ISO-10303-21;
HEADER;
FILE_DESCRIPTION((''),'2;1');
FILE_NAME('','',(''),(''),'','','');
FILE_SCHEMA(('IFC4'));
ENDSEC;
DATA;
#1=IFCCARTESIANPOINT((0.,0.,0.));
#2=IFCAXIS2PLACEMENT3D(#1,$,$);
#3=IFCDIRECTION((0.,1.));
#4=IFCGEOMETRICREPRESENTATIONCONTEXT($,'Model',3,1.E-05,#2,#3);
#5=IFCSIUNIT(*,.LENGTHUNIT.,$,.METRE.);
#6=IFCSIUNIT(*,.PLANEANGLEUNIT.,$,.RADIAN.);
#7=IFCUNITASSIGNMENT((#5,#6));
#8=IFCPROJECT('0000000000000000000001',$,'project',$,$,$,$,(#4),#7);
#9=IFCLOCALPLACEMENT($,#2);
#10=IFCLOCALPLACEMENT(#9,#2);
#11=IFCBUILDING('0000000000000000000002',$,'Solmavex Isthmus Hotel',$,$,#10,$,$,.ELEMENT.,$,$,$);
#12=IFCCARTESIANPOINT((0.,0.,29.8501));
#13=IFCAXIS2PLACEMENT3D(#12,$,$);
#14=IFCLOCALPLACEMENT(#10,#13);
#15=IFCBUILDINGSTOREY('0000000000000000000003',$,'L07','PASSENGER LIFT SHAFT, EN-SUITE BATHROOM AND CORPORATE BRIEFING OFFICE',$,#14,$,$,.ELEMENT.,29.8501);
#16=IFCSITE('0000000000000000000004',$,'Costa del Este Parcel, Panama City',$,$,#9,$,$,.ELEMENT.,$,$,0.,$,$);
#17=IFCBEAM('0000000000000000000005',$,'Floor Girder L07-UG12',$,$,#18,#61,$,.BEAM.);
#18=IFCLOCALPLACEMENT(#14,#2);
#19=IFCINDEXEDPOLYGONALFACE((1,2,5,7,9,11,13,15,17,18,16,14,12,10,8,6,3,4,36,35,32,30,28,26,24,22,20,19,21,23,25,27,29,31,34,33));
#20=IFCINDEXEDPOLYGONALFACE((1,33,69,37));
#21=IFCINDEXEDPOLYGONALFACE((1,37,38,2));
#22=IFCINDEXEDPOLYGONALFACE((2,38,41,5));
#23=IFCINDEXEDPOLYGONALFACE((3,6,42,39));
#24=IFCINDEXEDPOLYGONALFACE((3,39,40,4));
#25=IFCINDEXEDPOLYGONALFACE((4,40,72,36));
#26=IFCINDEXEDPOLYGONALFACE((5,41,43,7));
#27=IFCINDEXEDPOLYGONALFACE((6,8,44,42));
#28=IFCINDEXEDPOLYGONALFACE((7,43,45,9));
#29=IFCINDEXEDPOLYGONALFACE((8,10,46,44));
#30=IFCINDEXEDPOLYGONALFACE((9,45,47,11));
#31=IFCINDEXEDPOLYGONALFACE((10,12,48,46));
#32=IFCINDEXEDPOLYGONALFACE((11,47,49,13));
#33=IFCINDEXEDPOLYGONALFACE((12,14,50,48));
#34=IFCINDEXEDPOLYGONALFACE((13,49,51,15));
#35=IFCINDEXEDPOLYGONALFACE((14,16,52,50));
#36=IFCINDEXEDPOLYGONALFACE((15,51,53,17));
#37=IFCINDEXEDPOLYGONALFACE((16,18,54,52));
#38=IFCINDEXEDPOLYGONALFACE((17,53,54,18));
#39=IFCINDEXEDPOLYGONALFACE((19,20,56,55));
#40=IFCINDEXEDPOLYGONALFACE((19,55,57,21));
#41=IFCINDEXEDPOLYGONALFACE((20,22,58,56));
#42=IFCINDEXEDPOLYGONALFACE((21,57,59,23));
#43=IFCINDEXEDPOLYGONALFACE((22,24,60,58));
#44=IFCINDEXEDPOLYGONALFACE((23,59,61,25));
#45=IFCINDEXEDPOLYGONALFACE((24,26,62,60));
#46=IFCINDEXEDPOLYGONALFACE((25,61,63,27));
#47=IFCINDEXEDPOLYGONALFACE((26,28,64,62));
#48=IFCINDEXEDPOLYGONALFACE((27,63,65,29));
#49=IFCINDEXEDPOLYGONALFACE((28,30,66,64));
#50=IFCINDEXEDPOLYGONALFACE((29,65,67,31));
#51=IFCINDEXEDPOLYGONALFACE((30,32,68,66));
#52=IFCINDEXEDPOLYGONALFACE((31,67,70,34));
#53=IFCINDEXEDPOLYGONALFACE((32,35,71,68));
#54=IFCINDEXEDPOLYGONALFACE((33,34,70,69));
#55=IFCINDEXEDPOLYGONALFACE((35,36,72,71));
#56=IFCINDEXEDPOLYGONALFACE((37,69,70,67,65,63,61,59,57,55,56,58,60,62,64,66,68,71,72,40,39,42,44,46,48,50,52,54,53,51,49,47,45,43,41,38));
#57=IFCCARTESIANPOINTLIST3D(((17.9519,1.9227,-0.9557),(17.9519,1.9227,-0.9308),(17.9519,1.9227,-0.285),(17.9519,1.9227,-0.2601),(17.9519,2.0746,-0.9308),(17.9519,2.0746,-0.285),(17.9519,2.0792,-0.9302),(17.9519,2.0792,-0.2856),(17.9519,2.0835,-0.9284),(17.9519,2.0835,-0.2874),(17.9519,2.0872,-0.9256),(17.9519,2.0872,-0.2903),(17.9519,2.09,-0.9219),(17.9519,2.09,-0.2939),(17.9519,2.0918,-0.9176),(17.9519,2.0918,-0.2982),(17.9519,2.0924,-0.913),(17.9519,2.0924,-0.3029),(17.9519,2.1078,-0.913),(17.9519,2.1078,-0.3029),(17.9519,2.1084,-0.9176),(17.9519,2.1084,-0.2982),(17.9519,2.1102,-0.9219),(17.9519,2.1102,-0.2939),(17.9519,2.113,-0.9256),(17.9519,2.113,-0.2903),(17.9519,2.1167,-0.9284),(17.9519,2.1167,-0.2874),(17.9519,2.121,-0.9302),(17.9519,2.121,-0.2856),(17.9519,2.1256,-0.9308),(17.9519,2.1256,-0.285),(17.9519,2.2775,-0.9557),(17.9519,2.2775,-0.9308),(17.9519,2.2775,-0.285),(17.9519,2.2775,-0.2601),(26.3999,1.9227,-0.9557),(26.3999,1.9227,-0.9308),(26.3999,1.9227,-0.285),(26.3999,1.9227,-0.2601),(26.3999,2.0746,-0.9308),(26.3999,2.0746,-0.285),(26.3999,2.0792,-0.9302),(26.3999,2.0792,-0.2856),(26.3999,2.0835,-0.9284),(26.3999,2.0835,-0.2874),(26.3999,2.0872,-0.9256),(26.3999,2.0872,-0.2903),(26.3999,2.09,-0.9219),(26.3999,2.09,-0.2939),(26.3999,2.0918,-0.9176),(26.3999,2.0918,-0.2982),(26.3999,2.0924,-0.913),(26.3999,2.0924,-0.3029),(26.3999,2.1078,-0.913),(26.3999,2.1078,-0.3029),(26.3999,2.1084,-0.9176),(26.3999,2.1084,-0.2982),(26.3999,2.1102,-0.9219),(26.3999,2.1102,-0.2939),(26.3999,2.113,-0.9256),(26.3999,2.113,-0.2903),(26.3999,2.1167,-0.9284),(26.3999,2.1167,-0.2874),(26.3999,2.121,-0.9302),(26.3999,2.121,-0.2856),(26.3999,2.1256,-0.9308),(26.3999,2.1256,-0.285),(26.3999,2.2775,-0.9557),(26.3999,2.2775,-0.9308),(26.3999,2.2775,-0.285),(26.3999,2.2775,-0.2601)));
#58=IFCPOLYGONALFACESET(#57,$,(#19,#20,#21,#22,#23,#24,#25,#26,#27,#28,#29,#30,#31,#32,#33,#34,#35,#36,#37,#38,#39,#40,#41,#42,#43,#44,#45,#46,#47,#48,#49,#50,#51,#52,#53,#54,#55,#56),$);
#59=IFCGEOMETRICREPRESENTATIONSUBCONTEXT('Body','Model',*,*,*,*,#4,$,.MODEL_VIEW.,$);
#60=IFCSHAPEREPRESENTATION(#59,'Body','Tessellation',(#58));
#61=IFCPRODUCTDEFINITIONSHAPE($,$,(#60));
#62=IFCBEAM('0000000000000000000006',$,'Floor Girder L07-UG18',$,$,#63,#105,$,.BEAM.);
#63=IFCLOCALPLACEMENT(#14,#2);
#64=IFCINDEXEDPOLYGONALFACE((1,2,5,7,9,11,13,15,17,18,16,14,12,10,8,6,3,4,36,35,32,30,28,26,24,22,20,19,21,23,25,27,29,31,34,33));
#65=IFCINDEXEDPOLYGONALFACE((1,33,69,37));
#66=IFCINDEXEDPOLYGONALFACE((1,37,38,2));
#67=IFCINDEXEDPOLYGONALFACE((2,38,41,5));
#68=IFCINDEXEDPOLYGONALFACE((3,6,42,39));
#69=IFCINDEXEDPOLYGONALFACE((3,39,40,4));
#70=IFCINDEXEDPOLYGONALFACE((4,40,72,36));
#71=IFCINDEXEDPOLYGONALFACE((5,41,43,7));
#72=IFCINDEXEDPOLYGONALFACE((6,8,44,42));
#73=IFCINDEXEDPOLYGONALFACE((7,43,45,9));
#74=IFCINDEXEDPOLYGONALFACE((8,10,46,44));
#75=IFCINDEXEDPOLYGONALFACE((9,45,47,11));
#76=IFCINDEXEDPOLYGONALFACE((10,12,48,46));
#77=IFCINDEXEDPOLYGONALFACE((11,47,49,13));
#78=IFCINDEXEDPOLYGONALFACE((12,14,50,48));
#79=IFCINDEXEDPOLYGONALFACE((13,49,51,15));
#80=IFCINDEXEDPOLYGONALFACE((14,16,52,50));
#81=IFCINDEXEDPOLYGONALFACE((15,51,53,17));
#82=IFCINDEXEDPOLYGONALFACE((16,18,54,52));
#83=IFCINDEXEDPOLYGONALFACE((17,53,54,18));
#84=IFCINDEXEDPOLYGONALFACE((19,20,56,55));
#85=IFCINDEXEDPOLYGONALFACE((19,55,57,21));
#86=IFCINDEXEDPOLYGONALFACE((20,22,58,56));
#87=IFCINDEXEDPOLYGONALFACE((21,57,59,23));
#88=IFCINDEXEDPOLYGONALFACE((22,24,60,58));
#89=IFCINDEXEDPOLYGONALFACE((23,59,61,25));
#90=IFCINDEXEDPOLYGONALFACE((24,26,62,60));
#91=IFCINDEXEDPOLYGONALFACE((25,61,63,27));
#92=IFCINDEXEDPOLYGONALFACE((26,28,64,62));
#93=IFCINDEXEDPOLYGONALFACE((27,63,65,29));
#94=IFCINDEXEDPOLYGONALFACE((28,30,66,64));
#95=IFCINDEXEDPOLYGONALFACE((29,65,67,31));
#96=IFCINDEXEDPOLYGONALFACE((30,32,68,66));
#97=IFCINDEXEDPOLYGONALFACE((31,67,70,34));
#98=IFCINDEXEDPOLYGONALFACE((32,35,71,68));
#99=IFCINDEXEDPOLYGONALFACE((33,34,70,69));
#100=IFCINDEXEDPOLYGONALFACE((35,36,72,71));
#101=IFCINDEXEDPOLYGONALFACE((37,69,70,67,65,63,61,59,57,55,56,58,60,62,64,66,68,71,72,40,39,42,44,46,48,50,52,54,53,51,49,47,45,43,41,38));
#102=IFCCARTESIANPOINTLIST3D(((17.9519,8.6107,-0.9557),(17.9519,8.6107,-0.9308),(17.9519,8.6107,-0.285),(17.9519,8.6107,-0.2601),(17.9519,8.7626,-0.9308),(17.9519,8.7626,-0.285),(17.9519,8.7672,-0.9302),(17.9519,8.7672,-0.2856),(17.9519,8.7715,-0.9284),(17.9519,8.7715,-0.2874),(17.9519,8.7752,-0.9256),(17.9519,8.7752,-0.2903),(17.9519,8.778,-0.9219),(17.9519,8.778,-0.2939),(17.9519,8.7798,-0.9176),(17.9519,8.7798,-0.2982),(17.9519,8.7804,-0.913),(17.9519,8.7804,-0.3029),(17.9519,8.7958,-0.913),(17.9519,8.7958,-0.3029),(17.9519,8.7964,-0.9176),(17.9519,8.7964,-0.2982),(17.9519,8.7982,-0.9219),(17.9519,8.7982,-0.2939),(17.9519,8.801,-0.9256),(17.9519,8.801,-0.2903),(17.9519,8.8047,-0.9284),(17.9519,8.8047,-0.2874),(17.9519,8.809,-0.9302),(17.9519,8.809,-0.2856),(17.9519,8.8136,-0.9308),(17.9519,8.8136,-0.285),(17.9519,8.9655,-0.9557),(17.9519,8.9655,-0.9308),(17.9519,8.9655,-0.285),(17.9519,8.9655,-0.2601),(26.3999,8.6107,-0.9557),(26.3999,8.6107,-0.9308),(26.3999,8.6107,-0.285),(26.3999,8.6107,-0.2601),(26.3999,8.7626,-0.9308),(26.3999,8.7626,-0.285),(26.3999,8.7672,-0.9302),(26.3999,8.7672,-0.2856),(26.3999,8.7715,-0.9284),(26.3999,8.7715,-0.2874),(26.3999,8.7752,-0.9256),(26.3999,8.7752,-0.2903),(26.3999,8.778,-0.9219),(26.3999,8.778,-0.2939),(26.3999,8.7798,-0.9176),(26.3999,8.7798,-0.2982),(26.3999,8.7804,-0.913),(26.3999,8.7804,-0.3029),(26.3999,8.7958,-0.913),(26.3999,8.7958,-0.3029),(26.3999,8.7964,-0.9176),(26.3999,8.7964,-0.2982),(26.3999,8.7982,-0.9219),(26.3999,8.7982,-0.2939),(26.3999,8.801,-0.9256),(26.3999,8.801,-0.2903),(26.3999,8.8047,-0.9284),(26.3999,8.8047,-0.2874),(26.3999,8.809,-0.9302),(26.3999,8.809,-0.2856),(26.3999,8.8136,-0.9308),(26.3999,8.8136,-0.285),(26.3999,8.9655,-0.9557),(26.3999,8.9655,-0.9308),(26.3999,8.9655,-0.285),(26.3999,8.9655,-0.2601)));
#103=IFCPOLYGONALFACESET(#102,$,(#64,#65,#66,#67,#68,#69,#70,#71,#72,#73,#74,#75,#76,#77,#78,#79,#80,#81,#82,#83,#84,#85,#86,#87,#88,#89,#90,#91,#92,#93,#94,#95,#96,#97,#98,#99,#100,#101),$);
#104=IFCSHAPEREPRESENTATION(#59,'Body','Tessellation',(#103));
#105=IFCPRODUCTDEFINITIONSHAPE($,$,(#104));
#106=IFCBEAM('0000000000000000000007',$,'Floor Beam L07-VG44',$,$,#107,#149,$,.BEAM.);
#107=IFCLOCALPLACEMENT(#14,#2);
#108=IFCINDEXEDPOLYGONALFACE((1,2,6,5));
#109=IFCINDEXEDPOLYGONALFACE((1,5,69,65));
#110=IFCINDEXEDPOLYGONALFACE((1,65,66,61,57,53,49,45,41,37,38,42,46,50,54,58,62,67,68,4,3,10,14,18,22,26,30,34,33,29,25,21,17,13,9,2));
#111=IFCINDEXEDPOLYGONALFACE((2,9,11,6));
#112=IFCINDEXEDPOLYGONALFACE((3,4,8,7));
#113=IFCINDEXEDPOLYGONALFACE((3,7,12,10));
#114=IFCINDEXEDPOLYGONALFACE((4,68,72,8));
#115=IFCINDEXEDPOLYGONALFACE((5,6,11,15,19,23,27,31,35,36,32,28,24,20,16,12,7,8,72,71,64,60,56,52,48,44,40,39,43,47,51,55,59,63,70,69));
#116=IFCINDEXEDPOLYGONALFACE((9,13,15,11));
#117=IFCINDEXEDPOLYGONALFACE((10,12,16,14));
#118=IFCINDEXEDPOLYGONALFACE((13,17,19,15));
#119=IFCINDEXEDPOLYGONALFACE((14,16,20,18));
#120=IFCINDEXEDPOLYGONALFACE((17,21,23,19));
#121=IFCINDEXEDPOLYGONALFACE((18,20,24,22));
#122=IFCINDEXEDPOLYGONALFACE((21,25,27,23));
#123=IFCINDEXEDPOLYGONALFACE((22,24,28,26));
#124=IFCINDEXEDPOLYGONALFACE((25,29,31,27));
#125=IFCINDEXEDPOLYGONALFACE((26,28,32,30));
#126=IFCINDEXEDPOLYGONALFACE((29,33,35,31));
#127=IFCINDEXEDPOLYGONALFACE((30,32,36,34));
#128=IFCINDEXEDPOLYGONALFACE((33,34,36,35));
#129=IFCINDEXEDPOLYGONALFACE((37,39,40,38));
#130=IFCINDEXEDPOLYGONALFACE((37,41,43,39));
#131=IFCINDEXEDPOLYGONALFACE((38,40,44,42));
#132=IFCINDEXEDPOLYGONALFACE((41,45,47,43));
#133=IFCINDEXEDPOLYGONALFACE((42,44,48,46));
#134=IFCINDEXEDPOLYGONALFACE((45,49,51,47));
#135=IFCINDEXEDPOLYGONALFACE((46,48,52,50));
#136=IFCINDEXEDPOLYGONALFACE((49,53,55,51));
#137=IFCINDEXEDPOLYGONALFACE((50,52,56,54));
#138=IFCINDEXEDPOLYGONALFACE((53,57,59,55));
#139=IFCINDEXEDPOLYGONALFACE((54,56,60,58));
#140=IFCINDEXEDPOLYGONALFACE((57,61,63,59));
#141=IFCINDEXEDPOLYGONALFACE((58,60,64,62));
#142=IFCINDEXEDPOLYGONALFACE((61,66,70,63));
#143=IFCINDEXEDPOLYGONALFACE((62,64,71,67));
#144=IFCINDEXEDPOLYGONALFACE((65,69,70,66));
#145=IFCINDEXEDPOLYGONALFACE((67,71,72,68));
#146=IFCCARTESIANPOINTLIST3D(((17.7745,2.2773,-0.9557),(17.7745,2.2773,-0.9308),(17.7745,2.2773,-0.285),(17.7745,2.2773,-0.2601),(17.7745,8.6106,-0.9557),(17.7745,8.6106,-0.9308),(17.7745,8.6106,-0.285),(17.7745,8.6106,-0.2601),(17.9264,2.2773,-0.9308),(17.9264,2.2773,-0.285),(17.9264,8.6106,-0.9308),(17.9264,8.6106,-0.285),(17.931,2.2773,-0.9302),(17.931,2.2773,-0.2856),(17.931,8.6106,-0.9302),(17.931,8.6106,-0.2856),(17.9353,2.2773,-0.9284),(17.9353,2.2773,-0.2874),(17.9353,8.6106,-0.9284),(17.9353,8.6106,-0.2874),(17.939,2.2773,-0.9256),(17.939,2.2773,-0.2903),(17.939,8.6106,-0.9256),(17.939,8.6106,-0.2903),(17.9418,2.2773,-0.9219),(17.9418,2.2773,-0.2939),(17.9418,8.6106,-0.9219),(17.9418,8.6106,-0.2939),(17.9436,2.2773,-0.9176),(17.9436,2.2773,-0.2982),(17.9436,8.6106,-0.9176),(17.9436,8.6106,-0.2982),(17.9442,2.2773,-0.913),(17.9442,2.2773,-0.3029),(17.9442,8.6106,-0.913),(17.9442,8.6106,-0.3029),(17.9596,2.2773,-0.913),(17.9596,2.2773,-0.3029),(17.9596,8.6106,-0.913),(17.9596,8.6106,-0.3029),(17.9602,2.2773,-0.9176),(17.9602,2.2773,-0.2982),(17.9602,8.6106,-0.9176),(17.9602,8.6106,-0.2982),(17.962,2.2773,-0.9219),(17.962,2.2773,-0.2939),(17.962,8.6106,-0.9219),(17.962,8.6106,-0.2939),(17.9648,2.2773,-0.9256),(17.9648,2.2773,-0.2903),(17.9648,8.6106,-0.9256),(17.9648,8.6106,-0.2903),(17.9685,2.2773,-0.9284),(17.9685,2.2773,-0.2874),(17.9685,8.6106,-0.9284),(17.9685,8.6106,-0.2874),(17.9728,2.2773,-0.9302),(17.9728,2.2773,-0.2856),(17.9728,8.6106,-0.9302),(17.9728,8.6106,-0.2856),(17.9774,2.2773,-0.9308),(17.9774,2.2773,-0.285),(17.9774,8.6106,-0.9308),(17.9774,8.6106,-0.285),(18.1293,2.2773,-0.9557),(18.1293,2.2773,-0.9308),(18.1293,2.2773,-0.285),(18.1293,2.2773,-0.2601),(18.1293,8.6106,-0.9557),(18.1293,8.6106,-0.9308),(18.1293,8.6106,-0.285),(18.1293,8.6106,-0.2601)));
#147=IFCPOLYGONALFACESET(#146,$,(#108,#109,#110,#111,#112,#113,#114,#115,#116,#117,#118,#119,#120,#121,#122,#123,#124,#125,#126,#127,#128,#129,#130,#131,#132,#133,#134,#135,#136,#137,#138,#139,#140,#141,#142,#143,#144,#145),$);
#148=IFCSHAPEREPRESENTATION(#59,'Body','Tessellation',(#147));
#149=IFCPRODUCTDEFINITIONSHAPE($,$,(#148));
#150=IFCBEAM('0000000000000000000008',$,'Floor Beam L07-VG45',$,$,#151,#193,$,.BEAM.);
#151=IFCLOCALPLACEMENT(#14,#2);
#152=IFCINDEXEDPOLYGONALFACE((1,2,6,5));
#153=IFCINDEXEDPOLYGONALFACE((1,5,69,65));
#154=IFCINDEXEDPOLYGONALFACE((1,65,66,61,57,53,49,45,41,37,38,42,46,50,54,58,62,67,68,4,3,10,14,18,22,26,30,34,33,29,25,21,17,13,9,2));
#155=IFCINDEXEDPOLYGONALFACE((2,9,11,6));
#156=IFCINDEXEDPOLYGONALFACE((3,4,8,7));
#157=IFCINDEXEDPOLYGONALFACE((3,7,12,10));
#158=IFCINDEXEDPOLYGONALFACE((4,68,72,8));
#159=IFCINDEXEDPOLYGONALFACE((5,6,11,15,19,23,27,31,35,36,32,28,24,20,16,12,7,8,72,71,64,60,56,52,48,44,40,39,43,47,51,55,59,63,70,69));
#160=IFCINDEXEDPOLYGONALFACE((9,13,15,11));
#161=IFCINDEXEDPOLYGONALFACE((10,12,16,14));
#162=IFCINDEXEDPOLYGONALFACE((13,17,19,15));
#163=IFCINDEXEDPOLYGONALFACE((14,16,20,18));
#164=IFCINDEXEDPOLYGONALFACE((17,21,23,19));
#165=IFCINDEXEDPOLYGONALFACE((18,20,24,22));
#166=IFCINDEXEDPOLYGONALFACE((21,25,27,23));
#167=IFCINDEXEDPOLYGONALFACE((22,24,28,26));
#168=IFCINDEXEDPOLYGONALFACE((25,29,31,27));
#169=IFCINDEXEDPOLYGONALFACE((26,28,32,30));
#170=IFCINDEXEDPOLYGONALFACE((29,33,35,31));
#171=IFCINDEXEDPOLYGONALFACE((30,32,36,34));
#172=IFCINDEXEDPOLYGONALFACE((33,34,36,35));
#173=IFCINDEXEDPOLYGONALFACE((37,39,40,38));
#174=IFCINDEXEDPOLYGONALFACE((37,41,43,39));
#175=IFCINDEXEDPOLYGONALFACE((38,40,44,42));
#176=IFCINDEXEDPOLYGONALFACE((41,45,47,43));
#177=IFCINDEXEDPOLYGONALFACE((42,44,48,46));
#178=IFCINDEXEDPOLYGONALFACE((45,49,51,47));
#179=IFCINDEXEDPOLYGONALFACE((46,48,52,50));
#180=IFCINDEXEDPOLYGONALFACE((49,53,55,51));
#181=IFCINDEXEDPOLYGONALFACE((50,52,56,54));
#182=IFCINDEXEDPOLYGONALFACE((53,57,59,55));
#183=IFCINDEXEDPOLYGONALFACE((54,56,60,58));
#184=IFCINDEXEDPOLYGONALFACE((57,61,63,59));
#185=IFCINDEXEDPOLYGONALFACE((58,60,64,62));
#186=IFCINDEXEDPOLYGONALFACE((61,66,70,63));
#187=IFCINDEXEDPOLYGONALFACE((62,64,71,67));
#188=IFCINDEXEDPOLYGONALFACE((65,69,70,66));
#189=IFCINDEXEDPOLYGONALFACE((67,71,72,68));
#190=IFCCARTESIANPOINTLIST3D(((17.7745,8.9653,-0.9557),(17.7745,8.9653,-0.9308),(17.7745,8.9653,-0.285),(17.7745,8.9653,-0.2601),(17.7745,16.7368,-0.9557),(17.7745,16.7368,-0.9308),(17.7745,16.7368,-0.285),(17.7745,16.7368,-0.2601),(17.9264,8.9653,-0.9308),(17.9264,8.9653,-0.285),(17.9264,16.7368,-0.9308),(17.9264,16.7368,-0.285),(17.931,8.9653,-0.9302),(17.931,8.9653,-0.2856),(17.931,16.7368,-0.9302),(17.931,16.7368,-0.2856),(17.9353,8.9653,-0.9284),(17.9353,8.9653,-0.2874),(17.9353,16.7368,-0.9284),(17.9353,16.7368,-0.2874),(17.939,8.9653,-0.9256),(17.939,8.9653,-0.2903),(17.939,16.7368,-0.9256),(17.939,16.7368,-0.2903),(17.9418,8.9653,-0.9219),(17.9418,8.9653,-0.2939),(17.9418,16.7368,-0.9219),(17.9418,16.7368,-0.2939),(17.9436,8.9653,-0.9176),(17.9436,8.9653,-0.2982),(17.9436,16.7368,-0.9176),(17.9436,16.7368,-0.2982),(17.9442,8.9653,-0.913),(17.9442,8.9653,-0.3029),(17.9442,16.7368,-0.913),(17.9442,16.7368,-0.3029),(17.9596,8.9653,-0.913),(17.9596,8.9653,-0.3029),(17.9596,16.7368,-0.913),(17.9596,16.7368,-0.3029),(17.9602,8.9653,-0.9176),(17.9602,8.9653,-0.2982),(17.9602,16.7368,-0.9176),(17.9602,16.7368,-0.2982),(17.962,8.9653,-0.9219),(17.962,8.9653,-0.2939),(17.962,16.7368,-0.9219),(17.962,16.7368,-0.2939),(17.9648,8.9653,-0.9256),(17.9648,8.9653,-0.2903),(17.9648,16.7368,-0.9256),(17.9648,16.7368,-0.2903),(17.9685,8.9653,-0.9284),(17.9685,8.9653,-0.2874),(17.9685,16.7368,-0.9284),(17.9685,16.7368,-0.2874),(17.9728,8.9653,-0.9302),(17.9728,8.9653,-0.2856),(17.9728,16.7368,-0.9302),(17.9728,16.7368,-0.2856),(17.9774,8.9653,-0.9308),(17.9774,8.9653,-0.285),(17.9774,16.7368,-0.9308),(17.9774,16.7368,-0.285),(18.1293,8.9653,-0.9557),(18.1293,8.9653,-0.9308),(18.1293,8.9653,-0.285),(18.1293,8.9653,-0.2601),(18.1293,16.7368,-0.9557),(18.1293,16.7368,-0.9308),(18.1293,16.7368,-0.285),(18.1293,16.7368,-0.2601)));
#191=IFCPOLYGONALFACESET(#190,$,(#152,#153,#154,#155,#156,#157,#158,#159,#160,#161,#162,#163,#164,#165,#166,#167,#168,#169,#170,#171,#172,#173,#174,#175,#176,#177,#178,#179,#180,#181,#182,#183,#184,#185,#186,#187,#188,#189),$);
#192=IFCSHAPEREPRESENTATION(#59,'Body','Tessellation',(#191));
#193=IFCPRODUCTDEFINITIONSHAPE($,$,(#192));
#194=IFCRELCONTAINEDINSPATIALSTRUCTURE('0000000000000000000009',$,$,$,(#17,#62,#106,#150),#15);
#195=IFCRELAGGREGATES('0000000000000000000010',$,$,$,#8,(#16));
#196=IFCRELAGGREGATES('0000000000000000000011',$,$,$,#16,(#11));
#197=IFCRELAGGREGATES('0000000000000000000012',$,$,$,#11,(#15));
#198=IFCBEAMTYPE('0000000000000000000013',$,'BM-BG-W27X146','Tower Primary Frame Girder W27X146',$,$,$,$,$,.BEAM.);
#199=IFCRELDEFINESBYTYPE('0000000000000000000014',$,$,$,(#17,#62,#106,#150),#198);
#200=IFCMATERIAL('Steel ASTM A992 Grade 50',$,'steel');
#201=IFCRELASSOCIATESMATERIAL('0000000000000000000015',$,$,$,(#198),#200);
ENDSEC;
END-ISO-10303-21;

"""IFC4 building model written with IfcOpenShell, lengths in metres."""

from ifc_helpers import new_model, si_unit, direction, frame, origin, origin_2d, place, context, subcontext, project, spatial, i_section, extrude, material, material_profile, profile_set, type_object, element, save


model = new_model("IFC4")

# Units and contexts
model_context = context("Model", 3, precision=1e-05, world=origin(), true_north=direction((0.0, 1.0)))
body_context = subcontext(model_context, "Body", "Model", "MODEL_VIEW")
ifc_project = project(units=[si_unit("LENGTHUNIT", "METRE"), si_unit("PLANEANGLEUNIT", "RADIAN")], contexts=[model_context])

# Site, building, storey
site_placement = place(None, origin())
site = spatial("IfcSite", under=ifc_project, at=site_placement, Name="Costa del Este Parcel, Panama City", CompositionType="ELEMENT", RefElevation=0.0)
building_placement = place(site_placement, origin())
building = spatial("IfcBuilding", under=site, at=building_placement, Name="Solmavex Isthmus Hotel", CompositionType="ELEMENT")
storey_placement = place(building_placement, frame((0.0, 0.0, 29.8501)))
storey = spatial("IfcBuildingStorey", under=building, at=storey_placement, Name="L07", Description="PASSENGER LIFT SHAFT, EN-SUITE BATHROOM AND CORPORATE BRIEFING OFFICE", CompositionType="ELEMENT", Elevation=29.8501)

# Beams
ifc_material_1 = material(Name="Steel ASTM A992 Grade 50", Category="steel")
ifc_material_profile_1 = material_profile(ifc_material_1, i_section(OverallWidth=0.3547, OverallDepth=0.6956, WebThickness=0.0154, FlangeThickness=0.0249, FilletRadius=0.0178, at=origin_2d()), Name="W27X146")
ifc_profile_set_1 = profile_set([ifc_material_profile_1], Name="Steel ASTM A992 Grade 50")
beam_type_1 = type_object("IfcBeamType", Name="BM-BG-W27X146", Description="Tower Primary Frame Girder W27X146", PredefinedType="BEAM", material=ifc_profile_set_1)
for number, where, z_axis, x_axis, name in (
    (1, (17.9519, 2.1001, -0.6079), (1.0, 0.0, 0.0), (0.0, 1.0, 0.0), "Floor Girder L07-UG12"),
    (2, (17.9519, 8.7881, -0.6079), (1.0, 0.0, 0.0), (0.0, 1.0, 0.0), "Floor Girder L07-UG18"),
):
    element("IfcBeam", number, at=place(storey_placement, frame(where, z_axis=z_axis, x_axis=x_axis)), inside=storey, type_object=beam_type_1, Name=name, PredefinedType="BEAM", context=body_context, shape_type="SweptSolid", body=[
        extrude(i_section(OverallWidth=0.3547, OverallDepth=0.6956, WebThickness=0.0154, FlangeThickness=0.0249, FilletRadius=0.0178, at=origin_2d()), origin(), (0.0, 0.0, 1.0), 8.448),
    ])
beam_1_placement = place(storey_placement, frame((17.9519, 2.2773, -0.6079), z_axis=(0.0, 1.0, 0.0), x_axis=(-1.0, 0.0, 0.0)))
element("IfcBeam", 3, at=beam_1_placement, inside=storey, type_object=beam_type_1, Name="Floor Beam L07-VG44", PredefinedType="BEAM", context=body_context, shape_type="SweptSolid", body=[
    extrude(i_section(OverallWidth=0.3547, OverallDepth=0.6956, WebThickness=0.0154, FlangeThickness=0.0249, FilletRadius=0.0178, at=origin_2d()), origin(), (0.0, 0.0, 1.0), 6.3333),
])
beam_2_placement = place(storey_placement, frame((17.9519, 8.9653, -0.6079), z_axis=(0.0, 1.0, 0.0), x_axis=(-1.0, 0.0, 0.0)))
element("IfcBeam", 4, at=beam_2_placement, inside=storey, type_object=beam_type_1, Name="Floor Beam L07-VG45", PredefinedType="BEAM", context=body_context, shape_type="SweptSolid", body=[
    extrude(i_section(OverallWidth=0.3547, OverallDepth=0.6956, WebThickness=0.0154, FlangeThickness=0.0249, FilletRadius=0.0178, at=origin_2d()), origin(), (0.0, 0.0, 1.0), 7.7715),
])

save(model, "model.ifc")
